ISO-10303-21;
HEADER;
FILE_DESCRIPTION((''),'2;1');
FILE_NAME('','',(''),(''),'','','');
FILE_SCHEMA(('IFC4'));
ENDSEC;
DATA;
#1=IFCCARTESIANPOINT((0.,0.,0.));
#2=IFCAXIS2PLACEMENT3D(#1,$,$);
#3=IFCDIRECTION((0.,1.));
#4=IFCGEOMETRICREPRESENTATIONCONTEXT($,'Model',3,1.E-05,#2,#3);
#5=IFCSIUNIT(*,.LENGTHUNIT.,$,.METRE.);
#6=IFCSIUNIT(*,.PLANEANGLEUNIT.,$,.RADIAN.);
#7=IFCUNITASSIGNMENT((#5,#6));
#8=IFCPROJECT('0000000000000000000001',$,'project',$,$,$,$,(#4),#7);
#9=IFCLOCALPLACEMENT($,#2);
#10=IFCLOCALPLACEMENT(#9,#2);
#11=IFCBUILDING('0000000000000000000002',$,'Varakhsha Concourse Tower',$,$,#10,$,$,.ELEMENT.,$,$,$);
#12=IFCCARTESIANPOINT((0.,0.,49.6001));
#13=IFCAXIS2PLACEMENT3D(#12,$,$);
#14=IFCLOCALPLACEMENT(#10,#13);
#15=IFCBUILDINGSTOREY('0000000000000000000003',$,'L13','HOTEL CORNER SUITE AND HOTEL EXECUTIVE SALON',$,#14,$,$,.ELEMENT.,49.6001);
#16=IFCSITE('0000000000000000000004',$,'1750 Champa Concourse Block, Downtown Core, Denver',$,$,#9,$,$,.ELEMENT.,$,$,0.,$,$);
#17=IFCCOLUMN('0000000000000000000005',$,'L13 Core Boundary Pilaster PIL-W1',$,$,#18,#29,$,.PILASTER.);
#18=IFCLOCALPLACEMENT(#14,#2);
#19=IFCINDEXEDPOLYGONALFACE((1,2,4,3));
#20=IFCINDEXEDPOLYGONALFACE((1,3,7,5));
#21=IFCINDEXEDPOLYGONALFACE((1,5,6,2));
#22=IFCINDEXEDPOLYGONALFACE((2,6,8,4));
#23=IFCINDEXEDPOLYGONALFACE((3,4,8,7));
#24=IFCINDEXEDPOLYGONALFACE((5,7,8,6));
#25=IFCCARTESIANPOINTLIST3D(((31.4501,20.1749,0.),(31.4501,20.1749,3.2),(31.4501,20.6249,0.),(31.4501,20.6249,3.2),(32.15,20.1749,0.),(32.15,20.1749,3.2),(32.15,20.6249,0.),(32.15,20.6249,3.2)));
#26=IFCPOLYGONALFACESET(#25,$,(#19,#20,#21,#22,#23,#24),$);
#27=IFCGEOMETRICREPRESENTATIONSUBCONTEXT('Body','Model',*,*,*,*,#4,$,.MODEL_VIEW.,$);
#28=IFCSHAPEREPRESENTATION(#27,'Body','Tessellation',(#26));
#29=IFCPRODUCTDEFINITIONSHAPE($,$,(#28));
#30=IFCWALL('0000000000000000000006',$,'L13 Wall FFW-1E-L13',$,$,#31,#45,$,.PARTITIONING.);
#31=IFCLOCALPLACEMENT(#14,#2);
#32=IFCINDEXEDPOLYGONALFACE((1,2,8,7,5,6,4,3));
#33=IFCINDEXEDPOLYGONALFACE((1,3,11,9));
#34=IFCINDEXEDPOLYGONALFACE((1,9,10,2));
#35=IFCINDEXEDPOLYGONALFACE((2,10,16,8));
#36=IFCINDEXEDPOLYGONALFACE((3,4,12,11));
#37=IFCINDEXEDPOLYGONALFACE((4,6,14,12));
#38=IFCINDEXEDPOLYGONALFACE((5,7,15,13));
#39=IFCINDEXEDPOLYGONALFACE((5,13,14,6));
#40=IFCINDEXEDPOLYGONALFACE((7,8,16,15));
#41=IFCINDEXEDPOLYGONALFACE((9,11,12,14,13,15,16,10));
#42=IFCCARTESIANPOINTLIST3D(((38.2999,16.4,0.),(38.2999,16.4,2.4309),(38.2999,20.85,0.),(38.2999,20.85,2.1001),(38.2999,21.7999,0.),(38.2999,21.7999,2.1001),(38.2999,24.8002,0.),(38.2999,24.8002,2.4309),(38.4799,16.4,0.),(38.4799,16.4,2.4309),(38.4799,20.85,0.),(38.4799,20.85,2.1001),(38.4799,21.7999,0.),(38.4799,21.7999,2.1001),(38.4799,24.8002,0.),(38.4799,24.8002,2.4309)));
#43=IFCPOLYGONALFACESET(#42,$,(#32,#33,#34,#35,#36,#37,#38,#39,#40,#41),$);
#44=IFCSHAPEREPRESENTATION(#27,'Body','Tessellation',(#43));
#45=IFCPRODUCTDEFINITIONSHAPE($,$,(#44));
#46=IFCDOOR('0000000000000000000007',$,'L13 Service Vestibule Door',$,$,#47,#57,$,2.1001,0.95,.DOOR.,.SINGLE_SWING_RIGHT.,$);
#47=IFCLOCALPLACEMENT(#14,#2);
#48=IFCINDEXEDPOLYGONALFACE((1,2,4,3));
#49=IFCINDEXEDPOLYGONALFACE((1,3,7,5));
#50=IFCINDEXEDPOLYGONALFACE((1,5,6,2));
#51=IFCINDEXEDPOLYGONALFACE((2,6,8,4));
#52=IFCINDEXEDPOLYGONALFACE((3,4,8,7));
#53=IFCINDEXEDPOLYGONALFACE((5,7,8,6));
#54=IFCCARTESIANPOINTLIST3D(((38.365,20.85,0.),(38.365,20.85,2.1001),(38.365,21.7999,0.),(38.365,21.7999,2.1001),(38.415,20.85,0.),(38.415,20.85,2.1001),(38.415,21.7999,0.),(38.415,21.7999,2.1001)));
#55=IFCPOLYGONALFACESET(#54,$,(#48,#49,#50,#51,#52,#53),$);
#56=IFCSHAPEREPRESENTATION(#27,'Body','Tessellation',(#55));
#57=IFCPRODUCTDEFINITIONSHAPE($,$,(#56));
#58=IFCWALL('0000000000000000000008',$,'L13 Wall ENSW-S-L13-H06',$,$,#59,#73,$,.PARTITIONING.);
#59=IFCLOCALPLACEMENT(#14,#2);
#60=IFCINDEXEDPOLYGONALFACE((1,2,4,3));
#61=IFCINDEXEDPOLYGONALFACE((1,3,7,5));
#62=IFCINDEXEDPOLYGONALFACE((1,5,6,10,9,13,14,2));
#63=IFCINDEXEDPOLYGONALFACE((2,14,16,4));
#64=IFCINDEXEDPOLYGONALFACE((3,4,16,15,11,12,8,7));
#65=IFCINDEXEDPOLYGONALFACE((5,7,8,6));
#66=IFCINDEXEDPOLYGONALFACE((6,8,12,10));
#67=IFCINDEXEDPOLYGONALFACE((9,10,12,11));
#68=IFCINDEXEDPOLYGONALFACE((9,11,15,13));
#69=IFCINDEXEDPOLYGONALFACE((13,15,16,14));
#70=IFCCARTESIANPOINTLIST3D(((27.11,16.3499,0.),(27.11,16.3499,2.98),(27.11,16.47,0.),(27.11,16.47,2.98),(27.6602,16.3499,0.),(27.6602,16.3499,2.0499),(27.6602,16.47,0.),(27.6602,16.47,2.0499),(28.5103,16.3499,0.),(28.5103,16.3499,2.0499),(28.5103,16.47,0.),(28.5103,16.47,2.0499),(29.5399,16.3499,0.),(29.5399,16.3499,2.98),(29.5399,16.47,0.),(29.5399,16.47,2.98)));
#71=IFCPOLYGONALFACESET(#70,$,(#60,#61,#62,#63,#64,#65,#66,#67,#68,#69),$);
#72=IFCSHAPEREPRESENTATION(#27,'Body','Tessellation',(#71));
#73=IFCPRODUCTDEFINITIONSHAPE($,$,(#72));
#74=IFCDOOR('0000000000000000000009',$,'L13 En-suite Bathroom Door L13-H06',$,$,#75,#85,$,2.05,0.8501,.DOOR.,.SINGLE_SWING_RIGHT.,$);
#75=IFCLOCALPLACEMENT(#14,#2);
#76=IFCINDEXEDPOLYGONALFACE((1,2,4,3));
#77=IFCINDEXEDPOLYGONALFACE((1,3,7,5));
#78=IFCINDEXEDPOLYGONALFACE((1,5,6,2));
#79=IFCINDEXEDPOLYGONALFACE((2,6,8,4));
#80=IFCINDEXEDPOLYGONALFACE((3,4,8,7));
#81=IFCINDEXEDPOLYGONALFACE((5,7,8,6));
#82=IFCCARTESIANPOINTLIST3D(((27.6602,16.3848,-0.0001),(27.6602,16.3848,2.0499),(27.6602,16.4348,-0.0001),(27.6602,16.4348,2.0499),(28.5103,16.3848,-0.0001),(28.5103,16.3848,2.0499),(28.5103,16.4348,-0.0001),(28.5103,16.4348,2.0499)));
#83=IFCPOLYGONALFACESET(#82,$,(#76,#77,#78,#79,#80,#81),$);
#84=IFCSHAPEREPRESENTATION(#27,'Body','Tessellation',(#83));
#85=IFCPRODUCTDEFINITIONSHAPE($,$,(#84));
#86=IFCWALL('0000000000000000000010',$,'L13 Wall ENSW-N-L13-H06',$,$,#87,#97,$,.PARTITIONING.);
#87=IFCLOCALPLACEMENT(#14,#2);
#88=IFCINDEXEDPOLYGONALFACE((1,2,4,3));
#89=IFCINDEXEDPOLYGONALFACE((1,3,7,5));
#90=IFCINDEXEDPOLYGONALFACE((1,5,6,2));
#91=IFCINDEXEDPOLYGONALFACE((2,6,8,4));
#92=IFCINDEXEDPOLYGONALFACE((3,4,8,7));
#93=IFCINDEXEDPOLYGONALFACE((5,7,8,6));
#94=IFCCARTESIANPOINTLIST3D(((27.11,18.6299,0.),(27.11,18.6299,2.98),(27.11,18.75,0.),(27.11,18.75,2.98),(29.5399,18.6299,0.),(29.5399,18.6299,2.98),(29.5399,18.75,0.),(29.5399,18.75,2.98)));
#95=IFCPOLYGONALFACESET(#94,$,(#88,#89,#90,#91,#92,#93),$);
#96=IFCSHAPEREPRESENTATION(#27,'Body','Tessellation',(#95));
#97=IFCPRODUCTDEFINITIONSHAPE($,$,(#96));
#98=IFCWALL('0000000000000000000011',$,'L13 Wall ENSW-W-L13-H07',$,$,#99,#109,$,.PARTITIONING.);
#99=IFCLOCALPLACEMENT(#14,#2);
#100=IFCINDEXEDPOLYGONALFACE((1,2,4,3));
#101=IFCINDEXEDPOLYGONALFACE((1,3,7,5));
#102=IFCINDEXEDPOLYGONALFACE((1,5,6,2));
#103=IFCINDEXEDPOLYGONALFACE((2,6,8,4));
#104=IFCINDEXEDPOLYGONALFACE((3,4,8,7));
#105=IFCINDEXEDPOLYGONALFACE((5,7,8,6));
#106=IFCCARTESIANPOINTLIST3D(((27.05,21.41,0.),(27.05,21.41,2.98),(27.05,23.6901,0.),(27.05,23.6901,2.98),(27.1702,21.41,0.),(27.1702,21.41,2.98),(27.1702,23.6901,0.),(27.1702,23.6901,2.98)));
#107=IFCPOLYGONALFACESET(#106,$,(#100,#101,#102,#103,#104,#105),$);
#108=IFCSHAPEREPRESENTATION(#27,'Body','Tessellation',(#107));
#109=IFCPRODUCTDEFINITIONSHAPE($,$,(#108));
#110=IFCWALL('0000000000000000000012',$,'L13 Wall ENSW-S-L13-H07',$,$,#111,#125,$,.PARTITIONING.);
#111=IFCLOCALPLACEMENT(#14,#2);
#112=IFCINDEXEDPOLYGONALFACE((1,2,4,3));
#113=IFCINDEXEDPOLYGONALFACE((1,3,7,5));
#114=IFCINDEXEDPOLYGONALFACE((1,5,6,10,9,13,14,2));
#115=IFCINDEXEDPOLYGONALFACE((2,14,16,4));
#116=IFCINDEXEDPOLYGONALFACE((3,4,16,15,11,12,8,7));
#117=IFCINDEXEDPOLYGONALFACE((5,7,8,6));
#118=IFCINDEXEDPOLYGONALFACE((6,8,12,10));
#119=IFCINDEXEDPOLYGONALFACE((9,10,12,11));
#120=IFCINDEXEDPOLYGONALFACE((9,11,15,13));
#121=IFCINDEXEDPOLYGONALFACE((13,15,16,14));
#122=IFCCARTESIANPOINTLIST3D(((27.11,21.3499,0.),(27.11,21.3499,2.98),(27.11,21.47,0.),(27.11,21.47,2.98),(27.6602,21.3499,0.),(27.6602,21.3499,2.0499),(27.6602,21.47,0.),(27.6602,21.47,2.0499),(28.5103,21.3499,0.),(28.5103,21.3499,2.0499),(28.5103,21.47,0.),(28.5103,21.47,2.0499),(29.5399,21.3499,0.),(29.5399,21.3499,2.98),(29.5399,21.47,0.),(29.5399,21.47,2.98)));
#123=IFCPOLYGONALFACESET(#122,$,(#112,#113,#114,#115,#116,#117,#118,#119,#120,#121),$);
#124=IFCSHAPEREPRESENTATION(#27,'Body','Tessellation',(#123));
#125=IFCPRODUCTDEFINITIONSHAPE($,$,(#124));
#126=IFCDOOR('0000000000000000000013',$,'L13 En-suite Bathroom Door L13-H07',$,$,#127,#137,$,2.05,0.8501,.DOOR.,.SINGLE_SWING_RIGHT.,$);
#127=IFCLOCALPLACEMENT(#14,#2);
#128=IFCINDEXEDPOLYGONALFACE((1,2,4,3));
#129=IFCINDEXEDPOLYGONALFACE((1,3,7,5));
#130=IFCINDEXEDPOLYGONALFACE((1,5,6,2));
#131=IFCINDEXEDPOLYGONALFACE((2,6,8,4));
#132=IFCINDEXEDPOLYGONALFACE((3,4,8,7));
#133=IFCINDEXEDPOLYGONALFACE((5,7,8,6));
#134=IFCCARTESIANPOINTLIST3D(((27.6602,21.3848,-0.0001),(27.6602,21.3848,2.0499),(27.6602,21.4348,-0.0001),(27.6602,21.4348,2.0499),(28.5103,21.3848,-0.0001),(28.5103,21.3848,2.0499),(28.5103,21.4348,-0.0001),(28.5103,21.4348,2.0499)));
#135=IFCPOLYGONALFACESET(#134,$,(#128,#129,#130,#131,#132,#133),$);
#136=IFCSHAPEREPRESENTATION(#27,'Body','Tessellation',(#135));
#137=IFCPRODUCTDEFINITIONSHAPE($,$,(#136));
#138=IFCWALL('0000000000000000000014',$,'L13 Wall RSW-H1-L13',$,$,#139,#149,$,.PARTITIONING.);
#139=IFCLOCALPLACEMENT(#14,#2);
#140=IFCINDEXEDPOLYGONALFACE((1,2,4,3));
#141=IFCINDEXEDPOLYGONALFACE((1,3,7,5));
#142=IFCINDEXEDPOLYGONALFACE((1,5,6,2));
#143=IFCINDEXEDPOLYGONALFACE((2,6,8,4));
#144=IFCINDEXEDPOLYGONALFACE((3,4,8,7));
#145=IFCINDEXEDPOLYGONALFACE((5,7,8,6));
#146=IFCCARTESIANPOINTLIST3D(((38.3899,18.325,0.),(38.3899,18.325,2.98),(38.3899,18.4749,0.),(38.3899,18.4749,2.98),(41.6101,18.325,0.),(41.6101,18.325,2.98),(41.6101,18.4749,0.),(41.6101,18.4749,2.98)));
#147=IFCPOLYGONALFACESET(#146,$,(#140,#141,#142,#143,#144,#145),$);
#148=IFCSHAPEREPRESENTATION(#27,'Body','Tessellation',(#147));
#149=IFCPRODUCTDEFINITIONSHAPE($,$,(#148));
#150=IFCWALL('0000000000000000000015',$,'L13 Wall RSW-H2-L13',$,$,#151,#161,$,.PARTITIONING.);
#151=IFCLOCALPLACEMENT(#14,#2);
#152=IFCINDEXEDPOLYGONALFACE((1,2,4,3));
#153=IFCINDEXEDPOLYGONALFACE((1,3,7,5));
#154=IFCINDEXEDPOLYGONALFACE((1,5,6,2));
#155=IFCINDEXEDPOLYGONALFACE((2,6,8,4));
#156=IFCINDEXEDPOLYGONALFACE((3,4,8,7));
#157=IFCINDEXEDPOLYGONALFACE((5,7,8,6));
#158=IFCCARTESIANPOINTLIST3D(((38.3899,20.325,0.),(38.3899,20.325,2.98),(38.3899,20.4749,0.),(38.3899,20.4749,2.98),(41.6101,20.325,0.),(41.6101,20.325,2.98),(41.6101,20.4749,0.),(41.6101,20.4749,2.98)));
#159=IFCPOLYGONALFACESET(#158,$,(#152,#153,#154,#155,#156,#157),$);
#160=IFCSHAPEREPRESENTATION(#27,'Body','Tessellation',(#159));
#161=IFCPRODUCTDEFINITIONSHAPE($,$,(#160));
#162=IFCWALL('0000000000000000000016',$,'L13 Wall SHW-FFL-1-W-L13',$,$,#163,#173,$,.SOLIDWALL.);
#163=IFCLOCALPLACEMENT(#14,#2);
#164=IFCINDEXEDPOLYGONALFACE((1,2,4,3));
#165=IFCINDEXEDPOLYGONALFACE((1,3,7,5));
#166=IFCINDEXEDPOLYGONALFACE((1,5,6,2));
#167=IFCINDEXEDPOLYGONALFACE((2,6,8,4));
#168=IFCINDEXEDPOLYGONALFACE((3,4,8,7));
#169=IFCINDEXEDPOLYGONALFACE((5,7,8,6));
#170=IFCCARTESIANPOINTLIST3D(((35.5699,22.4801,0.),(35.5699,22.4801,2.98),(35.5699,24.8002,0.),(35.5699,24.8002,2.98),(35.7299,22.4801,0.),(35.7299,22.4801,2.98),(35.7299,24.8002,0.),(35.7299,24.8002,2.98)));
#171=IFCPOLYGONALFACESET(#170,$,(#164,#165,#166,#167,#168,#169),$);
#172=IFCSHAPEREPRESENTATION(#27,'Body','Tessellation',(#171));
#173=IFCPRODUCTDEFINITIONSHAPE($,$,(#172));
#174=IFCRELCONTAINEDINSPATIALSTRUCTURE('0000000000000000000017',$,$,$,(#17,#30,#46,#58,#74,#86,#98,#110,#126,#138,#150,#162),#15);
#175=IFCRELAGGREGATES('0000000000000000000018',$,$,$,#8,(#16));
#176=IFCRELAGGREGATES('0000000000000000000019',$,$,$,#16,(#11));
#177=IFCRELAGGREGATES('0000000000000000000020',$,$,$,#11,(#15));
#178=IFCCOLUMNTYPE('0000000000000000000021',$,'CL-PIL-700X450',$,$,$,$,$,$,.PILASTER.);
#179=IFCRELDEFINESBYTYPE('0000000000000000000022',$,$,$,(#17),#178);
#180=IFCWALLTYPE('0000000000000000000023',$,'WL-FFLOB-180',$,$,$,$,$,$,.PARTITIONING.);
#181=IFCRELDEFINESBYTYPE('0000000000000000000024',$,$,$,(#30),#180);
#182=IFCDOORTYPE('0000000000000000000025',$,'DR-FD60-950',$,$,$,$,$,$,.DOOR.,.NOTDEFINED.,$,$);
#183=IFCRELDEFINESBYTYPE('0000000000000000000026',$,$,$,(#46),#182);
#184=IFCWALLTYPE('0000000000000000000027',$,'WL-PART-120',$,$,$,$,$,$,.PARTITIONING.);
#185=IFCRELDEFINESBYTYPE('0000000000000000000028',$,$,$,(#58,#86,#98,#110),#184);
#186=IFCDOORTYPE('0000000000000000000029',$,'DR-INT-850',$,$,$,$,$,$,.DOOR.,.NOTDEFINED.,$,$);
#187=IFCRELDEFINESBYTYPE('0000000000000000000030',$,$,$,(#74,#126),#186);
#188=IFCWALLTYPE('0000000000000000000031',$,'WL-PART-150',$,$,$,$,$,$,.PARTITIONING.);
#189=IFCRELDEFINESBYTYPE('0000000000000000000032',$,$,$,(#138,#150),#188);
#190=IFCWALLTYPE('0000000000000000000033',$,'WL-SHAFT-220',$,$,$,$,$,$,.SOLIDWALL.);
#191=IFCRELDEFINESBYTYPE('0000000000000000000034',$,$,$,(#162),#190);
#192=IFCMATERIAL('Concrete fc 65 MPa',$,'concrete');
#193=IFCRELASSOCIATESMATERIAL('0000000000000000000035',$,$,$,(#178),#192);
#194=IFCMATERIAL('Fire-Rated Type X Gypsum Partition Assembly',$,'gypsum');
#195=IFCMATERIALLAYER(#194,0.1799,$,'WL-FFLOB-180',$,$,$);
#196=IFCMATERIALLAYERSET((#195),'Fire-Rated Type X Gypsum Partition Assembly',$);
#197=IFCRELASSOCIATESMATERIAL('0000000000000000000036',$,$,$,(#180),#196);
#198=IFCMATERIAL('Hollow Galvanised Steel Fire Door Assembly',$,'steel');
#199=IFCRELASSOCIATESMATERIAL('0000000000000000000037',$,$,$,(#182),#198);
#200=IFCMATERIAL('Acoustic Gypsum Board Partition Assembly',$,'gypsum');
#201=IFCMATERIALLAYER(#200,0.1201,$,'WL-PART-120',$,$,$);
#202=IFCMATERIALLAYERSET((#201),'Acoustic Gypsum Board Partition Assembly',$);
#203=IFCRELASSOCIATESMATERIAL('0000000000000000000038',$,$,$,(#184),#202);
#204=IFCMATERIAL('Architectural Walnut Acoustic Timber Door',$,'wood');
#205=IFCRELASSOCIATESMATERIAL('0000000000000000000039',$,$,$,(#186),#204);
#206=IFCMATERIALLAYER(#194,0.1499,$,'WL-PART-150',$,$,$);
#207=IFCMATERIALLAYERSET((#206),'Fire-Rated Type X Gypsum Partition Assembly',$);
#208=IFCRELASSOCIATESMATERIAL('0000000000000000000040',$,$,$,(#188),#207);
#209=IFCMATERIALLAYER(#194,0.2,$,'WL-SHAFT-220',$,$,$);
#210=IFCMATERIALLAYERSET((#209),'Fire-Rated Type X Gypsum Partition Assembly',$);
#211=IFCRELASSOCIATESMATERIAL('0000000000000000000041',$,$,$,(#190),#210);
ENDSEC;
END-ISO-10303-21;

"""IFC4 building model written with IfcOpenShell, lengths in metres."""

from ifc_helpers import new_model, si_unit, direction, frame, frame_2d, origin, origin_2d, place, context, subcontext, project, spatial, rectangle, extrude, material, layer, layer_set, material_profile, profile_set, type_object, element, fill, save


model = new_model("IFC4")

# Units and contexts
model_context = context("Model", 3, precision=1e-05, world=origin(), true_north=direction((0.0, 1.0)))
body_context = subcontext(model_context, "Body", "Model", "MODEL_VIEW")
ifc_project = project(units=[si_unit("LENGTHUNIT", "METRE"), si_unit("PLANEANGLEUNIT", "RADIAN")], contexts=[model_context])

# Site, building, storey
site_placement = place(None, origin())
site = spatial("IfcSite", under=ifc_project, at=site_placement, Name="1750 Champa Concourse Block, Downtown Core, Denver", CompositionType="ELEMENT", RefElevation=0.0)
building_placement = place(site_placement, origin())
building = spatial("IfcBuilding", under=site, at=building_placement, Name="Varakhsha Concourse Tower", CompositionType="ELEMENT")
storey_placement = place(building_placement, frame((0.0, 0.0, 49.6001)))
storey = spatial("IfcBuildingStorey", under=building, at=storey_placement, Name="L13", Description="HOTEL CORNER SUITE AND HOTEL EXECUTIVE SALON", CompositionType="ELEMENT", Elevation=49.6001)

# Column
ifc_material_1 = material(Name="Concrete fc 65 MPa", Category="concrete")
ifc_material_profile = material_profile(ifc_material_1, rectangle(XDim=0.7, YDim=0.45, at=origin_2d()), Name="RC 700x450")
ifc_profile_set = profile_set([ifc_material_profile], Name="Concrete fc 65 MPa")
column_type = type_object("IfcColumnType", Name="CL-PIL-700X450", PredefinedType="PILASTER", material=ifc_profile_set)
column_placement = place(storey_placement, frame((31.8, 20.3999, 0.0), z_axis=(0.0, 0.0, 1.0), x_axis=(1.0, 0.0, 0.0)))
element("IfcColumn", 1, at=column_placement, inside=storey, type_object=column_type, Name="L13 Core Boundary Pilaster PIL-W1", PredefinedType="PILASTER", context=body_context, shape_type="SweptSolid", body=[
    extrude(rectangle(XDim=0.7, YDim=0.45, at=origin_2d()), origin(), (0.0, 0.0, 1.0), 3.2),
])

# Walls, openings, doors
ifc_material_2 = material(Name="Fire-Rated Type X Gypsum Partition Assembly", Category="gypsum")
ifc_layer_1 = layer(ifc_material_2, 0.1799, Name="WL-FFLOB-180")
ifc_layer_set_1 = layer_set([ifc_layer_1], Name="Fire-Rated Type X Gypsum Partition Assembly")
wall_type_1 = type_object("IfcWallType", Name="WL-FFLOB-180", PredefinedType="PARTITIONING", material=ifc_layer_set_1)
wall_1_placement = place(storey_placement, frame((38.3899, 16.3999, 0.0), z_axis=(0.0, 0.0, 1.0), x_axis=(0.0, 1.0, 0.0)))
wall_1 = element("IfcWall", 2, at=wall_1_placement, inside=storey, type_object=wall_type_1, Name="L13 Wall FFW-1E-L13", PredefinedType="PARTITIONING", context=body_context, shape_type="SweptSolid", body=[
    extrude(rectangle(XDim=8.4001, YDim=0.1799, at=frame_2d((4.2002, 0.0))), origin(), (0.0, 0.0, 1.0), 2.4309),
])
opening_1_placement = place(wall_1_placement, frame((4.45, 0.0, 0.0)))
opening_1 = element("IfcOpeningElement", 3, at=opening_1_placement, cuts=wall_1, PredefinedType="OPENING", context=body_context, shape_type="SweptSolid", body=[
    extrude(rectangle(XDim=0.95, YDim=2.1001, at=frame_2d((0.4751, 1.05))), frame((0.0, 0.0999, 0.0), z_axis=(0.0, -1.0, 0.0), x_axis=(1.0, 0.0, 0.0)), (0.0, 0.0, 1.0), 0.2),
])
ifc_material_3 = material(Name="Hollow Galvanised Steel Fire Door Assembly", Category="steel")
door_type_1 = type_object("IfcDoorType", Name="DR-FD60-950", OperationType="NOTDEFINED", PredefinedType="DOOR", material=ifc_material_3)
door_1_placement = place(opening_1_placement, origin())
door_1 = element("IfcDoor", 4, at=door_1_placement, inside=storey, type_object=door_type_1, Name="L13 Service Vestibule Door", OperationType="SINGLE_SWING_RIGHT", OverallHeight=2.1001, OverallWidth=0.95, PredefinedType="DOOR", context=body_context, shape_type="SweptSolid", body=[
    extrude(rectangle(XDim=0.95, YDim=2.1001, at=frame_2d((0.4751, 1.05))), frame((0.0, 0.0249, 0.0), z_axis=(0.0, -1.0, 0.0), x_axis=(1.0, 0.0, 0.0)), (0.0, 0.0, 1.0), 0.05),
])
fill(opening_1, door_1)
ifc_material_4 = material(Name="Acoustic Gypsum Board Partition Assembly", Category="gypsum")
ifc_layer_2 = layer(ifc_material_4, 0.1201, Name="WL-PART-120")
ifc_layer_set_2 = layer_set([ifc_layer_2], Name="Acoustic Gypsum Board Partition Assembly")
wall_type_2 = type_object("IfcWallType", Name="WL-PART-120", PredefinedType="PARTITIONING", material=ifc_layer_set_2)
wall_2_placement = place(storey_placement, frame((27.1101, 16.4099, 0.0), z_axis=(0.0, 0.0, 1.0), x_axis=(1.0, 0.0, 0.0)))
wall_2 = element("IfcWall", 5, at=wall_2_placement, inside=storey, type_object=wall_type_2, Name="L13 Wall ENSW-S-L13-H06", PredefinedType="PARTITIONING", context=body_context, shape_type="SweptSolid", body=[
    extrude(rectangle(XDim=2.4299, YDim=0.1201, at=frame_2d((1.2148, 0.0))), origin(), (0.0, 0.0, 1.0), 2.98),
])
opening_2_placement = place(wall_2_placement, frame((0.55, 0.0, 0.0)))
opening_2 = element("IfcOpeningElement", 6, at=opening_2_placement, cuts=wall_2, PredefinedType="OPENING", context=body_context, shape_type="SweptSolid", body=[
    extrude(rectangle(XDim=0.8501, YDim=2.05, at=frame_2d((0.425, 1.0249))), frame((0.0, 0.0701, 0.0), z_axis=(0.0, -1.0, 0.0), x_axis=(1.0, 0.0, 0.0)), (0.0, 0.0, 1.0), 0.1401),
])
ifc_material_5 = material(Name="Architectural Walnut Acoustic Timber Door", Category="wood")
door_type_2 = type_object("IfcDoorType", Name="DR-INT-850", OperationType="NOTDEFINED", PredefinedType="DOOR", material=ifc_material_5)
door_2_placement = place(opening_2_placement, origin())
door_2 = element("IfcDoor", 7, at=door_2_placement, inside=storey, type_object=door_type_2, Name="L13 En-suite Bathroom Door L13-H06", OperationType="SINGLE_SWING_RIGHT", OverallHeight=2.05, OverallWidth=0.8501, PredefinedType="DOOR", context=body_context, shape_type="SweptSolid", body=[
    extrude(rectangle(XDim=0.8501, YDim=2.05, at=frame_2d((0.425, 1.0249))), frame((0.0, 0.0249, 0.0), z_axis=(0.0, -1.0, 0.0), x_axis=(1.0, 0.0, 0.0)), (0.0, 0.0, 1.0), 0.05),
])
fill(opening_2, door_2)

# Walls
wall_3_placement = place(storey_placement, frame((27.1101, 18.6899, 0.0), z_axis=(0.0, 0.0, 1.0), x_axis=(1.0, 0.0, 0.0)))
element("IfcWall", 8, at=wall_3_placement, inside=storey, type_object=wall_type_2, Name="L13 Wall ENSW-N-L13-H06", PredefinedType="PARTITIONING", context=body_context, shape_type="SweptSolid", body=[
    extrude(rectangle(XDim=2.4299, YDim=0.1201, at=frame_2d((1.2148, 0.0))), origin(), (0.0, 0.0, 1.0), 2.98),
])
wall_4_placement = place(storey_placement, frame((27.1101, 21.4099, 0.0), z_axis=(0.0, 0.0, 1.0), x_axis=(0.0, 1.0, 0.0)))
element("IfcWall", 9, at=wall_4_placement, inside=storey, type_object=wall_type_2, Name="L13 Wall ENSW-W-L13-H07", PredefinedType="PARTITIONING", context=body_context, shape_type="SweptSolid", body=[
    extrude(rectangle(XDim=2.28, YDim=0.1201, at=frame_2d((1.1401, 0.0))), origin(), (0.0, 0.0, 1.0), 2.98),
])

# Wall, opening, door
wall_5_placement = place(storey_placement, frame((27.1101, 21.4099, 0.0), z_axis=(0.0, 0.0, 1.0), x_axis=(1.0, 0.0, 0.0)))
wall_5 = element("IfcWall", 10, at=wall_5_placement, inside=storey, type_object=wall_type_2, Name="L13 Wall ENSW-S-L13-H07", PredefinedType="PARTITIONING", context=body_context, shape_type="SweptSolid", body=[
    extrude(rectangle(XDim=2.4299, YDim=0.1201, at=frame_2d((1.2148, 0.0))), origin(), (0.0, 0.0, 1.0), 2.98),
])
opening_3_placement = place(wall_5_placement, frame((0.55, 0.0, 0.0)))
opening_3 = element("IfcOpeningElement", 11, at=opening_3_placement, cuts=wall_5, PredefinedType="OPENING", context=body_context, shape_type="SweptSolid", body=[
    extrude(rectangle(XDim=0.8501, YDim=2.05, at=frame_2d((0.425, 1.0249))), frame((0.0, 0.0701, 0.0), z_axis=(0.0, -1.0, 0.0), x_axis=(1.0, 0.0, 0.0)), (0.0, 0.0, 1.0), 0.1401),
])
door_3_placement = place(opening_3_placement, origin())
door_3 = element("IfcDoor", 12, at=door_3_placement, inside=storey, type_object=door_type_2, Name="L13 En-suite Bathroom Door L13-H07", OperationType="SINGLE_SWING_RIGHT", OverallHeight=2.05, OverallWidth=0.8501, PredefinedType="DOOR", context=body_context, shape_type="SweptSolid", body=[
    extrude(rectangle(XDim=0.8501, YDim=2.05, at=frame_2d((0.425, 1.0249))), frame((0.0, 0.0249, 0.0), z_axis=(0.0, -1.0, 0.0), x_axis=(1.0, 0.0, 0.0)), (0.0, 0.0, 1.0), 0.05),
])
fill(opening_3, door_3)

# Walls
ifc_layer_3 = layer(ifc_material_2, 0.1499, Name="WL-PART-150")
ifc_layer_set_3 = layer_set([ifc_layer_3], Name="Fire-Rated Type X Gypsum Partition Assembly")
wall_type_3 = type_object("IfcWallType", Name="WL-PART-150", PredefinedType="PARTITIONING", material=ifc_layer_set_3)
for number, where, z_axis, x_axis, name in (
    (13, (38.3899, 18.3999, 0.0), (0.0, 0.0, 1.0), (1.0, 0.0, 0.0), "L13 Wall RSW-H1-L13"),
    (14, (38.3899, 20.3999, 0.0), (0.0, 0.0, 1.0), (1.0, 0.0, 0.0), "L13 Wall RSW-H2-L13"),
):
    element("IfcWall", number, at=place(storey_placement, frame(where, z_axis=z_axis, x_axis=x_axis)), inside=storey, type_object=wall_type_3, Name=name, PredefinedType="PARTITIONING", context=body_context, shape_type="SweptSolid", body=[
        extrude(rectangle(XDim=3.2202, YDim=0.1499, at=frame_2d((1.6101, 0.0))), origin(), (0.0, 0.0, 1.0), 2.98),
    ])

# Shared definitions
ifc_layer_4 = layer(ifc_material_2, 0.2, Name="WL-SHAFT-220")
ifc_layer_set_4 = layer_set([ifc_layer_4], Name="Fire-Rated Type X Gypsum Partition Assembly")
wall_type_4 = type_object("IfcWallType", Name="WL-SHAFT-220", PredefinedType="SOLIDWALL", material=ifc_layer_set_4)

# Wall
wall_6_placement = place(storey_placement, frame((35.6499, 22.48, 0.0), z_axis=(0.0, 0.0, 1.0), x_axis=(0.0, 1.0, 0.0)))
element("IfcWall", 15, at=wall_6_placement, inside=storey, type_object=wall_type_4, Name="L13 Wall SHW-FFL-1-W-L13", PredefinedType="SOLIDWALL", context=body_context, shape_type="SweptSolid", body=[
    extrude(rectangle(XDim=2.3201, YDim=0.1599, at=frame_2d((1.1602, 0.0))), origin(), (0.0, 0.0, 1.0), 2.98),
])

save(model, "model.ifc")
